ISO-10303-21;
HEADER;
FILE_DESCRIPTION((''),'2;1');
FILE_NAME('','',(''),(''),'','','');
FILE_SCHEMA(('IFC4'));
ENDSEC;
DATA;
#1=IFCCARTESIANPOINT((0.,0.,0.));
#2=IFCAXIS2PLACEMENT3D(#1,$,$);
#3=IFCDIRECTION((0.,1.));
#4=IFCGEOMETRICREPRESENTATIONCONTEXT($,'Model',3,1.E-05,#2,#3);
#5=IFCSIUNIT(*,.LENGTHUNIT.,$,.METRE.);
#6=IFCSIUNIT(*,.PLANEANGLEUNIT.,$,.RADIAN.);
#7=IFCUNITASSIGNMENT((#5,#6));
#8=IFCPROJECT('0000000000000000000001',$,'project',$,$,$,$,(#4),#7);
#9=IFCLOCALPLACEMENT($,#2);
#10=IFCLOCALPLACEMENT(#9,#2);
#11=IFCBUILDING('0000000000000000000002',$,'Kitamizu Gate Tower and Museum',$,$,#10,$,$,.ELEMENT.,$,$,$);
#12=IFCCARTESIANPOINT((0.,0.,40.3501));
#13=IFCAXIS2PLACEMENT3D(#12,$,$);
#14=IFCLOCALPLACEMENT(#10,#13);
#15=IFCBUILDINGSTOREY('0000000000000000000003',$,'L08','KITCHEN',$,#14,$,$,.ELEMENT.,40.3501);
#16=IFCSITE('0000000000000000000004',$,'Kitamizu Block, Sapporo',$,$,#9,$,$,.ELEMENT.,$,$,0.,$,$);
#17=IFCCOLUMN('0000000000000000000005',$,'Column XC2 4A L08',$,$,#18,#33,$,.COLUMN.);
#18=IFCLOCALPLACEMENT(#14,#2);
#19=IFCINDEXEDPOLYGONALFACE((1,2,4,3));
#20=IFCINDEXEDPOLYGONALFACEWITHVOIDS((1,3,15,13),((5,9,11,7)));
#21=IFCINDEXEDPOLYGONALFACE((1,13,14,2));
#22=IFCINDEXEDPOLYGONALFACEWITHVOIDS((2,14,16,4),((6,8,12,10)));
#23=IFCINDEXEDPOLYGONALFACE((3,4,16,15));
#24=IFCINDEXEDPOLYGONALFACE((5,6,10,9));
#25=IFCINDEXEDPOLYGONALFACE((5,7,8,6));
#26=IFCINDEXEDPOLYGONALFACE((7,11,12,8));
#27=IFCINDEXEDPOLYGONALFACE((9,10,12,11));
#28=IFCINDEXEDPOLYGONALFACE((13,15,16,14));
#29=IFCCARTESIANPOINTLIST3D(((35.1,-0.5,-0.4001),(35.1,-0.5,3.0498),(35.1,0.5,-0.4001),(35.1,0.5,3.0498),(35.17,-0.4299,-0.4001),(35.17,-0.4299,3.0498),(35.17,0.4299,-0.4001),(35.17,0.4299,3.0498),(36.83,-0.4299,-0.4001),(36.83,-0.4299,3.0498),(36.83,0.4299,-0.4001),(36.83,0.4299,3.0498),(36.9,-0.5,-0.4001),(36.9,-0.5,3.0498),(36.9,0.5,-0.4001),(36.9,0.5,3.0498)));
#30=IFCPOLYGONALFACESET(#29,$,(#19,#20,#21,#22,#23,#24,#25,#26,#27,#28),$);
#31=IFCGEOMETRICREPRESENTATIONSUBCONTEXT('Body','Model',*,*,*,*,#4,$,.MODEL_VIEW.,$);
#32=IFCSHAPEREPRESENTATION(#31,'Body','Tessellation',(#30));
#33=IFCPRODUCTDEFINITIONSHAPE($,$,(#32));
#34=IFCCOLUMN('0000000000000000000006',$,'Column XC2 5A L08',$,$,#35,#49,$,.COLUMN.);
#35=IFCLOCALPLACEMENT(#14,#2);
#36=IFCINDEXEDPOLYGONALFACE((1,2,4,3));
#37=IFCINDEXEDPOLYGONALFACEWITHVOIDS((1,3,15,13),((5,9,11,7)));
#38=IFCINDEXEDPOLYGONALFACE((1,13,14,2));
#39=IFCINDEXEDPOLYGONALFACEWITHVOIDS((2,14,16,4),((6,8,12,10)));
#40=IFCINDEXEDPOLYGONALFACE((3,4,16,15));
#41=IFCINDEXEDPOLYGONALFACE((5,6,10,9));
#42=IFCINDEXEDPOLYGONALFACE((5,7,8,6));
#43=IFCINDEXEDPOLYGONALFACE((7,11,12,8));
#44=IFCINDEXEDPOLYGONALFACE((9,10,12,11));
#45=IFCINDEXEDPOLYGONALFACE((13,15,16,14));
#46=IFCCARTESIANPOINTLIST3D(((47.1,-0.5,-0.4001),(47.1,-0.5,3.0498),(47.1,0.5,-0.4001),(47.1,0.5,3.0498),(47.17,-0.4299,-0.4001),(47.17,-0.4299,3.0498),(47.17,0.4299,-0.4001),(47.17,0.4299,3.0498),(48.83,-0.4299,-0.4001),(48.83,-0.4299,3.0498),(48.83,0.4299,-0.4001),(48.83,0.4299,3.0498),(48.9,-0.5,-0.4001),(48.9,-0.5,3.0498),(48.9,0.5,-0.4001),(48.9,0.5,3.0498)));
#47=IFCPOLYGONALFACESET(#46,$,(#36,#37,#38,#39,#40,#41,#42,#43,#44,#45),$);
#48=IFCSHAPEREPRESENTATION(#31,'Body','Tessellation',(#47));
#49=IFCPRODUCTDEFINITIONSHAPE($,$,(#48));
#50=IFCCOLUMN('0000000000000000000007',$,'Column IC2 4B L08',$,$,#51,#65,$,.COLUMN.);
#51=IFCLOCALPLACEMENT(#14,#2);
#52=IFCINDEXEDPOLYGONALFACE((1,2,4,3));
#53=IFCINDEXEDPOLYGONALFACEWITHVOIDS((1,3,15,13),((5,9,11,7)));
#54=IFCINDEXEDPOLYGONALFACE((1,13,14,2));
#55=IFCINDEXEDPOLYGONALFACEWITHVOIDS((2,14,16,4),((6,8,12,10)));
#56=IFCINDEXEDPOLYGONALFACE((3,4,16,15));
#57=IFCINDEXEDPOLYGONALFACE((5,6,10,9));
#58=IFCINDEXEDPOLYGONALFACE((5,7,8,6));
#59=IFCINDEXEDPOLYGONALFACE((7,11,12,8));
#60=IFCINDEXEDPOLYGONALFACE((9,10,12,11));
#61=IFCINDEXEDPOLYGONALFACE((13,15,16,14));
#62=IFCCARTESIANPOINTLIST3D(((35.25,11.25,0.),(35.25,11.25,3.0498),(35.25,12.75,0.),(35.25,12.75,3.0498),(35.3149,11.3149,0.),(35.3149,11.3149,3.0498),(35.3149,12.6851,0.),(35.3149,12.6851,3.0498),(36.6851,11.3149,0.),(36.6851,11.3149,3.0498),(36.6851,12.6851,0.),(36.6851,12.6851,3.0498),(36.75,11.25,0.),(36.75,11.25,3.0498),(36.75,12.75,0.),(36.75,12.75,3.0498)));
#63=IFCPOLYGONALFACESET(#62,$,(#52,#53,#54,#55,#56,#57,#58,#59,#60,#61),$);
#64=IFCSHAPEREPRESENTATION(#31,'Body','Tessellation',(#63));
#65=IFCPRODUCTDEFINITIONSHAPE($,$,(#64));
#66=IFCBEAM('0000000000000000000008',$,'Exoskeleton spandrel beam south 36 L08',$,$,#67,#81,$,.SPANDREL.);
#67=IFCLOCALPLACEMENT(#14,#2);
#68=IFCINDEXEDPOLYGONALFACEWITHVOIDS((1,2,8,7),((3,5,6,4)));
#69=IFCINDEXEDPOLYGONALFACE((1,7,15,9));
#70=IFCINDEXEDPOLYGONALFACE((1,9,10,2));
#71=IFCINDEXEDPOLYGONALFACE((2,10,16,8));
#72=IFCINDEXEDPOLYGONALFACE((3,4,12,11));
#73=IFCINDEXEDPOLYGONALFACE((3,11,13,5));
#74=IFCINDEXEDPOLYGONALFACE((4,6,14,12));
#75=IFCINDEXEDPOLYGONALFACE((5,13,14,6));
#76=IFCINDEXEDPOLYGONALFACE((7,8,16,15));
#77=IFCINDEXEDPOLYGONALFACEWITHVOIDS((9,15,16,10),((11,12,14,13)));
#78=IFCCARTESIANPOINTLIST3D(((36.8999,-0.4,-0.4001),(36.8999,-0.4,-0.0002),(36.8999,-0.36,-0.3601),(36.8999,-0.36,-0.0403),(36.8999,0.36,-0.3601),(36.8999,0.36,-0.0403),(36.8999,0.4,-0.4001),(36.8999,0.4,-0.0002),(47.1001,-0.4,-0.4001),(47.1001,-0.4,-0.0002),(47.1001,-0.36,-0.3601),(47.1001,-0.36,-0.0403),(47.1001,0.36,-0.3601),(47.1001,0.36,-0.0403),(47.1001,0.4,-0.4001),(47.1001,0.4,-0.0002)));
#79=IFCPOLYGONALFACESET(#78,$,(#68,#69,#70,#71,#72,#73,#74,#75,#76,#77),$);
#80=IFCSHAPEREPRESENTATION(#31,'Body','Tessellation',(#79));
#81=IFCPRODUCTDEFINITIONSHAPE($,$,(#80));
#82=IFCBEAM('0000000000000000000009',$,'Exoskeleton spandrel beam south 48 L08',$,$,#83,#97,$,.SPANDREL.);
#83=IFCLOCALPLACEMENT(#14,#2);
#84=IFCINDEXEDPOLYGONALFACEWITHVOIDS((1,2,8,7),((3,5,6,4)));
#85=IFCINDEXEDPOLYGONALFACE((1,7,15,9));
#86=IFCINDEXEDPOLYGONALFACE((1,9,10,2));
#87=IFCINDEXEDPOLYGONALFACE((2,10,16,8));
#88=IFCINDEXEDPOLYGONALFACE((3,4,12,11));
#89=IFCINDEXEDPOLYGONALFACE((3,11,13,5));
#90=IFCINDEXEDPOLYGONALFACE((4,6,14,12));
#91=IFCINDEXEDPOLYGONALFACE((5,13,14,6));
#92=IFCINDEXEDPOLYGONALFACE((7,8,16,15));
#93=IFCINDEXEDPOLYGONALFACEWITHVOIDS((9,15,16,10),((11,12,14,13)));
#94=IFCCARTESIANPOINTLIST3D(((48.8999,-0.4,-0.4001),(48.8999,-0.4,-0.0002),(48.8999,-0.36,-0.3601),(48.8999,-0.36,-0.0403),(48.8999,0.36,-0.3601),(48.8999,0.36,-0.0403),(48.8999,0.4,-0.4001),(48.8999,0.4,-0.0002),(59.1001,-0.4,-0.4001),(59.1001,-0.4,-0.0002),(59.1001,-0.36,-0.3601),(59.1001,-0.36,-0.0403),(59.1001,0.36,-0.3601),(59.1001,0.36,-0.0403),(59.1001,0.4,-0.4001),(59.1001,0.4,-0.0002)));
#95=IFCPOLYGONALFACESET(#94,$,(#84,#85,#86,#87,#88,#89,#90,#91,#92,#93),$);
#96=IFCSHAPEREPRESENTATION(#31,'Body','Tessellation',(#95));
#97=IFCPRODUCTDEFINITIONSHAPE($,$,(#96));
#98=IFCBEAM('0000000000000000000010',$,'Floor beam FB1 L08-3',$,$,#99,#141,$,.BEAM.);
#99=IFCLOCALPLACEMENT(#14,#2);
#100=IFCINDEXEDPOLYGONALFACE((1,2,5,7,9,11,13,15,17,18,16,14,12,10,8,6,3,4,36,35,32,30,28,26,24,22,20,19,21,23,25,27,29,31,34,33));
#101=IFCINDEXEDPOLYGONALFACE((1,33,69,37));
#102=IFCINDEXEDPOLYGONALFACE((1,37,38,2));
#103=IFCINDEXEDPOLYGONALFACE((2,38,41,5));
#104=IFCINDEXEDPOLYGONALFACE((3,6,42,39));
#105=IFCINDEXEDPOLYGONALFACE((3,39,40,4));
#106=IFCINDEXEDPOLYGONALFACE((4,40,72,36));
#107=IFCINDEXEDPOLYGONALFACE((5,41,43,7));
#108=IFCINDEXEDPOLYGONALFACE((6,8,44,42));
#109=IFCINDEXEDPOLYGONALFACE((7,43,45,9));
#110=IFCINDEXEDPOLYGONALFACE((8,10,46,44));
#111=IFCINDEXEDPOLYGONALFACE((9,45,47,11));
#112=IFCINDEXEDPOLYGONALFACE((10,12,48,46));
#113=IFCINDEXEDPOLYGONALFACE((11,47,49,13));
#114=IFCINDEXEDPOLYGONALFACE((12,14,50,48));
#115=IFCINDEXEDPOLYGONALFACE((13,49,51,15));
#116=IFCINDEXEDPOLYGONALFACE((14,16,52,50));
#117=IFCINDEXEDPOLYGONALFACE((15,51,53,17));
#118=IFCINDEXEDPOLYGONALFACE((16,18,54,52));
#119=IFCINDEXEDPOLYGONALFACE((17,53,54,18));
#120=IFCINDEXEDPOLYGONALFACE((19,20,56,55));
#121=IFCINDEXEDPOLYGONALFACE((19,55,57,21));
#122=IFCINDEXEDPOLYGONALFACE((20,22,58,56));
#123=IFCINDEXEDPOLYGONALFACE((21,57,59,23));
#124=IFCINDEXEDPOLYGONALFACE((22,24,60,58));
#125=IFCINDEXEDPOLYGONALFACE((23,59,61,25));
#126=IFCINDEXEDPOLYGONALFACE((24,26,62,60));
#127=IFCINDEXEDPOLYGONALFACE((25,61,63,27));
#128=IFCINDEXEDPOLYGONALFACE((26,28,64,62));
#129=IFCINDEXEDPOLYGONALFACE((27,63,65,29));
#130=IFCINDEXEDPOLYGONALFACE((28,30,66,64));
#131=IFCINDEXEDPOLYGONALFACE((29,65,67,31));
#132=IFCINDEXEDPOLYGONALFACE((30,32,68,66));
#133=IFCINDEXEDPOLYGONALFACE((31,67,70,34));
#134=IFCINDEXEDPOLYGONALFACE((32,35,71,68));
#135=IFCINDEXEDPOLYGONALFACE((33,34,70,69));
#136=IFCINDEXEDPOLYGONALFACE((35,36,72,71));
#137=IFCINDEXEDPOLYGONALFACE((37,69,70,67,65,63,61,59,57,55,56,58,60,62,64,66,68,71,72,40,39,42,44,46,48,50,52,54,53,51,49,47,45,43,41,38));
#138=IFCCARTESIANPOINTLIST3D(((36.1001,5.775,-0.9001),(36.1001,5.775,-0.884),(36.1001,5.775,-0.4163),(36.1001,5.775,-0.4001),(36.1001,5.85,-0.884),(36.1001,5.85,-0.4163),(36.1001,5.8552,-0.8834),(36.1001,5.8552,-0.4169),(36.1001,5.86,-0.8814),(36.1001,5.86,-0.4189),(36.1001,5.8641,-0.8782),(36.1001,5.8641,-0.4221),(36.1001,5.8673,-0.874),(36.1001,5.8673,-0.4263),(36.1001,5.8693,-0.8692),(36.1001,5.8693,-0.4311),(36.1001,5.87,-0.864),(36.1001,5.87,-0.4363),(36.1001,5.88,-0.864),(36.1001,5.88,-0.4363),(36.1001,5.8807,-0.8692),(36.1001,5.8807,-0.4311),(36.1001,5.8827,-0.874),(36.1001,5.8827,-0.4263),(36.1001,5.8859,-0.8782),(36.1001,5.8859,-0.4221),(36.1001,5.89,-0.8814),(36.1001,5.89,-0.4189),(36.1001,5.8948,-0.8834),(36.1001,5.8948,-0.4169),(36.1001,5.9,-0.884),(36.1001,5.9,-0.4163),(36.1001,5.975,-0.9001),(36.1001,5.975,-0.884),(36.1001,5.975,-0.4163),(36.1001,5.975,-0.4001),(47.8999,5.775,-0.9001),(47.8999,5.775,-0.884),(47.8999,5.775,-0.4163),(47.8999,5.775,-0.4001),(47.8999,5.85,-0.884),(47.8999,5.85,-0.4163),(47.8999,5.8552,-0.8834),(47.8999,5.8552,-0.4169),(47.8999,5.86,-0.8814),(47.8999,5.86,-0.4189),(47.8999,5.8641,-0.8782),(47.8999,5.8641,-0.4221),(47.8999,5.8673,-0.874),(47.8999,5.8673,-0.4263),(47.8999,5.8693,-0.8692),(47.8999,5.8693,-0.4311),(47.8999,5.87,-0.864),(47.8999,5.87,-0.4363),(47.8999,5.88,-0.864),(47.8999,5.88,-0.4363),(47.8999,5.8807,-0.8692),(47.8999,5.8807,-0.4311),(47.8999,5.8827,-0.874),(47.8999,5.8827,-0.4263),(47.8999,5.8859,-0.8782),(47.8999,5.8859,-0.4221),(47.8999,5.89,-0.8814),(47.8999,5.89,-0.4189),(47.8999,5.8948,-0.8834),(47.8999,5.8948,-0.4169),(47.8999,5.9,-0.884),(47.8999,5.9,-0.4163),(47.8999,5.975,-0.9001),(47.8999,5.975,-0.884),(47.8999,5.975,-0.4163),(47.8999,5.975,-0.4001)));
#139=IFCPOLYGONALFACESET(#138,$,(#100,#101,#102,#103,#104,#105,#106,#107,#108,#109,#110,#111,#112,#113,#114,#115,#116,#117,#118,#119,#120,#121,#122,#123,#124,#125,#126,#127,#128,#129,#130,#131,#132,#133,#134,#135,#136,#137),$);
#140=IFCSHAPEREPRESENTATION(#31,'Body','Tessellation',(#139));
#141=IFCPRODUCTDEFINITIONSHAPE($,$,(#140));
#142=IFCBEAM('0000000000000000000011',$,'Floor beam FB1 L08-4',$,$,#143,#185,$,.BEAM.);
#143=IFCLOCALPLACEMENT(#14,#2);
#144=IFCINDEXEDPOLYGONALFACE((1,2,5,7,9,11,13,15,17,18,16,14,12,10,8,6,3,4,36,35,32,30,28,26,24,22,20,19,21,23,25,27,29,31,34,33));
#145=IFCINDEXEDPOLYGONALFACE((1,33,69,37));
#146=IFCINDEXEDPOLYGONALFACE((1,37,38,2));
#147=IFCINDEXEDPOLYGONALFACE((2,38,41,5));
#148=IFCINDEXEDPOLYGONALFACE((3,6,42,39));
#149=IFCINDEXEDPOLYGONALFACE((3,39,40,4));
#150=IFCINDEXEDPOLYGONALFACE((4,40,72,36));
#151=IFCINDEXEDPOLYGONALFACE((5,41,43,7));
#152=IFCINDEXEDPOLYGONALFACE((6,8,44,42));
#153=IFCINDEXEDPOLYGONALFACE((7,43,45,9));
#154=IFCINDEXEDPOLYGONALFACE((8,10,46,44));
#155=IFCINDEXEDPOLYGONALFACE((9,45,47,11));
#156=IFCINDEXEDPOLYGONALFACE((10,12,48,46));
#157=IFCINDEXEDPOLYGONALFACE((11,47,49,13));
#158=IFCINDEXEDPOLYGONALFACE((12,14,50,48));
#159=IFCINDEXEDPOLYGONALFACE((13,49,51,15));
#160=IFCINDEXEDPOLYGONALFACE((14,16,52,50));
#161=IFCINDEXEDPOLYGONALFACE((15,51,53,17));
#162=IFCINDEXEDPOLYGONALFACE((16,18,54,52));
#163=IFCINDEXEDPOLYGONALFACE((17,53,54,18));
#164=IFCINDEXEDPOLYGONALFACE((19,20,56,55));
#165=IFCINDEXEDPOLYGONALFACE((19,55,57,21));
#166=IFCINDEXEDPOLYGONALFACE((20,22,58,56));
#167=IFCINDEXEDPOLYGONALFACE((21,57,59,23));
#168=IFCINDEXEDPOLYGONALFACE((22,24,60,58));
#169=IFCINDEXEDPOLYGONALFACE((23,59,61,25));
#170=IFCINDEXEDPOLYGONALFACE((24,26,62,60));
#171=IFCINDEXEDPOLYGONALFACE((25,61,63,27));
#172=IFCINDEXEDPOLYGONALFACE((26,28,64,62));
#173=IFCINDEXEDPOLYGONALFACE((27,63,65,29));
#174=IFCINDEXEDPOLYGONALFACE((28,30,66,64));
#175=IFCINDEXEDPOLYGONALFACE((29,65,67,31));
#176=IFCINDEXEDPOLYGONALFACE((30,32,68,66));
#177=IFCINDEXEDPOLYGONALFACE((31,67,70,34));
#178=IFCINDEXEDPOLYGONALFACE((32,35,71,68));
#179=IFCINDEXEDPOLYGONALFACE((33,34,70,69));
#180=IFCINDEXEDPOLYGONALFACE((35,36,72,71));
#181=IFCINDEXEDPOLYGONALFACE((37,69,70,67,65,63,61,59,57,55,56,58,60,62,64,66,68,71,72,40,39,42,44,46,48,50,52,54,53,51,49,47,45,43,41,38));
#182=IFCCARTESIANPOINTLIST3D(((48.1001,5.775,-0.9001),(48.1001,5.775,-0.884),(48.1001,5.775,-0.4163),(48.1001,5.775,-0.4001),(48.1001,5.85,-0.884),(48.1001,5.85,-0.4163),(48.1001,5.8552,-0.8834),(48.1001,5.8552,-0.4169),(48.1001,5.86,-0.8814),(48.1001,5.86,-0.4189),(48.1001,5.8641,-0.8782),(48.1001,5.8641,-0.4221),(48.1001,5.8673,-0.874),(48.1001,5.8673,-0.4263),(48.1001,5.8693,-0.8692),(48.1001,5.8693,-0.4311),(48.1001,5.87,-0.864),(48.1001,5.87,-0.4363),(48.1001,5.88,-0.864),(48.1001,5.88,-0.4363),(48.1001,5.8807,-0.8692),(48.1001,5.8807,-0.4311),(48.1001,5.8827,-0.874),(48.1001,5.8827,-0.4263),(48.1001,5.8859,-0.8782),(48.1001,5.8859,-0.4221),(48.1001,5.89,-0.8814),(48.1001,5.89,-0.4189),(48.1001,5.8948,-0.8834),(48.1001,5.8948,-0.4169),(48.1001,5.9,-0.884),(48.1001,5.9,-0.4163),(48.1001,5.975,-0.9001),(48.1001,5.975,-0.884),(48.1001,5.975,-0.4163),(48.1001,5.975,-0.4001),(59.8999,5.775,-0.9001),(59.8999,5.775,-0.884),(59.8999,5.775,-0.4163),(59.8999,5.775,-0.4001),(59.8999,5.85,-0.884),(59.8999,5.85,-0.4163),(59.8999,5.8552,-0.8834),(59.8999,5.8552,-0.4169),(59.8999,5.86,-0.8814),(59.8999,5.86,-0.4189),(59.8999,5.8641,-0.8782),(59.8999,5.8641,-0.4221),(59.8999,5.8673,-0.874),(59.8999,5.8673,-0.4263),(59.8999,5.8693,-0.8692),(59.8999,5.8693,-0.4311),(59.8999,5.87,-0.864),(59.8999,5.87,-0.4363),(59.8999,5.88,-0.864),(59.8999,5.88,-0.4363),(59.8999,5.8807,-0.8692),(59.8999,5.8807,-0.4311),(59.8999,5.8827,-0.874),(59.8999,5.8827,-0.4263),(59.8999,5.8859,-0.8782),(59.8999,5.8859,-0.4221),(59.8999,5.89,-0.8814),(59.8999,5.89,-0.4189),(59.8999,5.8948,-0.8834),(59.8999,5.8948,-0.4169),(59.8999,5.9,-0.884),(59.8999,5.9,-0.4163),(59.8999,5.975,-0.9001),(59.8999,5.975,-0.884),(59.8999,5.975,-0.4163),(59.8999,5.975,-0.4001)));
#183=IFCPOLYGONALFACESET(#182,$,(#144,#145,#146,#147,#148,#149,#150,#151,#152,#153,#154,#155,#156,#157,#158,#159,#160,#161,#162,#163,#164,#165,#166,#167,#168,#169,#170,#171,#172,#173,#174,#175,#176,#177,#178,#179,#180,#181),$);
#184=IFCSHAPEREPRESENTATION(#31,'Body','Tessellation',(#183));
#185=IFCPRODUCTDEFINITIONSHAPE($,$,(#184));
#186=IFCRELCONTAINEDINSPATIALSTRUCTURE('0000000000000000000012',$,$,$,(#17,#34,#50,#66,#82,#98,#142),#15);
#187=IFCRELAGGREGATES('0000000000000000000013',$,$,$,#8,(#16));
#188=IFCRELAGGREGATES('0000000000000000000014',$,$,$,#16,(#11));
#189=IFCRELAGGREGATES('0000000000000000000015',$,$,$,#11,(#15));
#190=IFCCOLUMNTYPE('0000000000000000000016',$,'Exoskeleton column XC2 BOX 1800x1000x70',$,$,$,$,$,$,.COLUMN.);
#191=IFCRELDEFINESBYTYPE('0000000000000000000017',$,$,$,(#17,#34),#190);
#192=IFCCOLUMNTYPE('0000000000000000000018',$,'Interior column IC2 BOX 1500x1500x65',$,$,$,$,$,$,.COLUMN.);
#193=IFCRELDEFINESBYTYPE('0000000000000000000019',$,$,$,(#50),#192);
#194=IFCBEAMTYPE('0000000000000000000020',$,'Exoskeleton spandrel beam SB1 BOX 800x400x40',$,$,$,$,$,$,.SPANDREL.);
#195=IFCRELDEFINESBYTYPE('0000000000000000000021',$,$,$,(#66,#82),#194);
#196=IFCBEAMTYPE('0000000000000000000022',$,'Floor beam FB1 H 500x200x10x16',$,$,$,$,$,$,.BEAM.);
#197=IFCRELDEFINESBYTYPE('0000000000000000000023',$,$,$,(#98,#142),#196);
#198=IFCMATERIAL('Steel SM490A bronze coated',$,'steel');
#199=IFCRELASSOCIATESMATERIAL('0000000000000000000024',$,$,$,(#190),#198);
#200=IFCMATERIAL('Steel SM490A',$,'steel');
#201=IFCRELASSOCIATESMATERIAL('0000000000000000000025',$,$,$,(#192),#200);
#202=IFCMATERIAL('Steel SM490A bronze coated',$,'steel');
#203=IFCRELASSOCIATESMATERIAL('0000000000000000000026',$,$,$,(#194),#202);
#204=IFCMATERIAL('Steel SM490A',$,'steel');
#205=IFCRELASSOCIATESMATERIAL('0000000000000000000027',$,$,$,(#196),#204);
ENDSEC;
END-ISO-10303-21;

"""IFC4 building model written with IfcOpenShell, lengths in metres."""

from ifc_helpers import new_model, si_unit, direction, frame, origin, origin_2d, place, context, subcontext, project, spatial, hollow_rectangle, i_section, extrude, material, material_profile, profile_set, type_object, element, save


model = new_model("IFC4")

# Units and contexts
model_context = context("Model", 3, precision=1e-05, world=origin(), true_north=direction((0.0, 1.0)))
body_context = subcontext(model_context, "Body", "Model", "MODEL_VIEW")
ifc_project = project(units=[si_unit("LENGTHUNIT", "METRE"), si_unit("PLANEANGLEUNIT", "RADIAN")], contexts=[model_context])

# Site, building, storey
site_placement = place(None, origin())
site = spatial("IfcSite", under=ifc_project, at=site_placement, Name="Kitamizu Block, Sapporo", CompositionType="ELEMENT", RefElevation=0.0)
building_placement = place(site_placement, origin())
building = spatial("IfcBuilding", under=site, at=building_placement, Name="Kitamizu Gate Tower and Museum", CompositionType="ELEMENT")
storey_placement = place(building_placement, frame((0.0, 0.0, 40.3501)))
storey = spatial("IfcBuildingStorey", under=building, at=storey_placement, Name="L08", Description="KITCHEN", CompositionType="ELEMENT", Elevation=40.3501)

# Columns
ifc_material_1 = material(Name="Steel SM490A bronze coated", Category="steel")
ifc_material_profile_1 = material_profile(ifc_material_1, hollow_rectangle(XDim=1.8, YDim=1.0, WallThickness=0.0701, at=origin_2d()), Name="BOX 1800x1000x70")
ifc_profile_set_1 = profile_set([ifc_material_profile_1], Name="Steel SM490A bronze coated")
column_type_1 = type_object("IfcColumnType", Name="Exoskeleton column XC2 BOX 1800x1000x70", PredefinedType="COLUMN", material=ifc_profile_set_1)
for number, where, z_axis, x_axis, name in (
    (1, (36.0, 0.0, -0.4001), (0.0, 0.0, 1.0), (1.0, 0.0, 0.0), "Column XC2 4A L08"),
    (2, (48.0, 0.0, -0.4001), (0.0, 0.0, 1.0), (1.0, 0.0, 0.0), "Column XC2 5A L08"),
):
    element("IfcColumn", number, at=place(storey_placement, frame(where, z_axis=z_axis, x_axis=x_axis)), inside=storey, type_object=column_type_1, Name=name, PredefinedType="COLUMN", context=body_context, shape_type="SweptSolid", body=[
        extrude(hollow_rectangle(XDim=1.8, YDim=1.0, WallThickness=0.0701, at=origin_2d()), origin(), (0.0, 0.0, 1.0), 3.45),
    ])
ifc_material_2 = material(Name="Steel SM490A", Category="steel")
ifc_material_profile_2 = material_profile(ifc_material_2, hollow_rectangle(XDim=1.5, YDim=1.5, WallThickness=0.0649, at=origin_2d()), Name="BOX 1500x1500x65")
ifc_profile_set_2 = profile_set([ifc_material_profile_2], Name="Steel SM490A")
column_type_2 = type_object("IfcColumnType", Name="Interior column IC2 BOX 1500x1500x65", PredefinedType="COLUMN", material=ifc_profile_set_2)
column_placement = place(storey_placement, frame((36.0, 12.0, 0.0), z_axis=(0.0, 0.0, 1.0), x_axis=(1.0, 0.0, 0.0)))
element("IfcColumn", 3, at=column_placement, inside=storey, type_object=column_type_2, Name="Column IC2 4B L08", PredefinedType="COLUMN", context=body_context, shape_type="SweptSolid", body=[
    extrude(hollow_rectangle(XDim=1.5, YDim=1.5, WallThickness=0.0649, at=origin_2d()), origin(), (0.0, 0.0, 1.0), 3.0498),
])

# Beams
ifc_material_3 = material(Name="Steel SM490A bronze coated", Category="steel")
ifc_material_profile_3 = material_profile(ifc_material_3, hollow_rectangle(XDim=0.8, YDim=0.3999, WallThickness=0.04, at=origin_2d()), Name="BOX 800x400x40")
ifc_profile_set_3 = profile_set([ifc_material_profile_3], Name="Steel SM490A bronze coated")
beam_type_1 = type_object("IfcBeamType", Name="Exoskeleton spandrel beam SB1 BOX 800x400x40", PredefinedType="SPANDREL", material=ifc_profile_set_3)
for number, where, z_axis, x_axis, name in (
    (4, (36.8999, 0.0, -0.2002), (1.0, 0.0, 0.0), (0.0, 1.0, 0.0), "Exoskeleton spandrel beam south 36 L08"),
    (5, (48.8999, 0.0, -0.2002), (1.0, 0.0, 0.0), (0.0, 1.0, 0.0), "Exoskeleton spandrel beam south 48 L08"),
):
    element("IfcBeam", number, at=place(storey_placement, frame(where, z_axis=z_axis, x_axis=x_axis)), inside=storey, type_object=beam_type_1, Name=name, PredefinedType="SPANDREL", context=body_context, shape_type="SweptSolid", body=[
        extrude(hollow_rectangle(XDim=0.8, YDim=0.3999, WallThickness=0.04, at=origin_2d()), origin(), (0.0, 0.0, 1.0), 10.2002),
    ])
ifc_material_4 = material(Name="Steel SM490A", Category="steel")
ifc_material_profile_4 = material_profile(ifc_material_4, i_section(OverallWidth=0.2, OverallDepth=0.5, WebThickness=0.01, FlangeThickness=0.0161, FilletRadius=0.02, at=origin_2d()), Name="H-500x200x10x16")
ifc_profile_set_4 = profile_set([ifc_material_profile_4], Name="Steel SM490A")
beam_type_2 = type_object("IfcBeamType", Name="Floor beam FB1 H 500x200x10x16", PredefinedType="BEAM", material=ifc_profile_set_4)
for number, where, z_axis, x_axis, name in (
    (6, (36.1001, 5.875, -0.6501), (1.0, 0.0, 0.0), (0.0, 1.0, 0.0), "Floor beam FB1 L08-3"),
    (7, (48.1001, 5.875, -0.6501), (1.0, 0.0, 0.0), (0.0, 1.0, 0.0), "Floor beam FB1 L08-4"),
):
    element("IfcBeam", number, at=place(storey_placement, frame(where, z_axis=z_axis, x_axis=x_axis)), inside=storey, type_object=beam_type_2, Name=name, PredefinedType="BEAM", context=body_context, shape_type="SweptSolid", body=[
        extrude(i_section(OverallWidth=0.2, OverallDepth=0.5, WebThickness=0.01, FlangeThickness=0.0161, FilletRadius=0.02, at=origin_2d()), origin(), (0.0, 0.0, 1.0), 11.7998),
    ])

save(model, "model.ifc")
